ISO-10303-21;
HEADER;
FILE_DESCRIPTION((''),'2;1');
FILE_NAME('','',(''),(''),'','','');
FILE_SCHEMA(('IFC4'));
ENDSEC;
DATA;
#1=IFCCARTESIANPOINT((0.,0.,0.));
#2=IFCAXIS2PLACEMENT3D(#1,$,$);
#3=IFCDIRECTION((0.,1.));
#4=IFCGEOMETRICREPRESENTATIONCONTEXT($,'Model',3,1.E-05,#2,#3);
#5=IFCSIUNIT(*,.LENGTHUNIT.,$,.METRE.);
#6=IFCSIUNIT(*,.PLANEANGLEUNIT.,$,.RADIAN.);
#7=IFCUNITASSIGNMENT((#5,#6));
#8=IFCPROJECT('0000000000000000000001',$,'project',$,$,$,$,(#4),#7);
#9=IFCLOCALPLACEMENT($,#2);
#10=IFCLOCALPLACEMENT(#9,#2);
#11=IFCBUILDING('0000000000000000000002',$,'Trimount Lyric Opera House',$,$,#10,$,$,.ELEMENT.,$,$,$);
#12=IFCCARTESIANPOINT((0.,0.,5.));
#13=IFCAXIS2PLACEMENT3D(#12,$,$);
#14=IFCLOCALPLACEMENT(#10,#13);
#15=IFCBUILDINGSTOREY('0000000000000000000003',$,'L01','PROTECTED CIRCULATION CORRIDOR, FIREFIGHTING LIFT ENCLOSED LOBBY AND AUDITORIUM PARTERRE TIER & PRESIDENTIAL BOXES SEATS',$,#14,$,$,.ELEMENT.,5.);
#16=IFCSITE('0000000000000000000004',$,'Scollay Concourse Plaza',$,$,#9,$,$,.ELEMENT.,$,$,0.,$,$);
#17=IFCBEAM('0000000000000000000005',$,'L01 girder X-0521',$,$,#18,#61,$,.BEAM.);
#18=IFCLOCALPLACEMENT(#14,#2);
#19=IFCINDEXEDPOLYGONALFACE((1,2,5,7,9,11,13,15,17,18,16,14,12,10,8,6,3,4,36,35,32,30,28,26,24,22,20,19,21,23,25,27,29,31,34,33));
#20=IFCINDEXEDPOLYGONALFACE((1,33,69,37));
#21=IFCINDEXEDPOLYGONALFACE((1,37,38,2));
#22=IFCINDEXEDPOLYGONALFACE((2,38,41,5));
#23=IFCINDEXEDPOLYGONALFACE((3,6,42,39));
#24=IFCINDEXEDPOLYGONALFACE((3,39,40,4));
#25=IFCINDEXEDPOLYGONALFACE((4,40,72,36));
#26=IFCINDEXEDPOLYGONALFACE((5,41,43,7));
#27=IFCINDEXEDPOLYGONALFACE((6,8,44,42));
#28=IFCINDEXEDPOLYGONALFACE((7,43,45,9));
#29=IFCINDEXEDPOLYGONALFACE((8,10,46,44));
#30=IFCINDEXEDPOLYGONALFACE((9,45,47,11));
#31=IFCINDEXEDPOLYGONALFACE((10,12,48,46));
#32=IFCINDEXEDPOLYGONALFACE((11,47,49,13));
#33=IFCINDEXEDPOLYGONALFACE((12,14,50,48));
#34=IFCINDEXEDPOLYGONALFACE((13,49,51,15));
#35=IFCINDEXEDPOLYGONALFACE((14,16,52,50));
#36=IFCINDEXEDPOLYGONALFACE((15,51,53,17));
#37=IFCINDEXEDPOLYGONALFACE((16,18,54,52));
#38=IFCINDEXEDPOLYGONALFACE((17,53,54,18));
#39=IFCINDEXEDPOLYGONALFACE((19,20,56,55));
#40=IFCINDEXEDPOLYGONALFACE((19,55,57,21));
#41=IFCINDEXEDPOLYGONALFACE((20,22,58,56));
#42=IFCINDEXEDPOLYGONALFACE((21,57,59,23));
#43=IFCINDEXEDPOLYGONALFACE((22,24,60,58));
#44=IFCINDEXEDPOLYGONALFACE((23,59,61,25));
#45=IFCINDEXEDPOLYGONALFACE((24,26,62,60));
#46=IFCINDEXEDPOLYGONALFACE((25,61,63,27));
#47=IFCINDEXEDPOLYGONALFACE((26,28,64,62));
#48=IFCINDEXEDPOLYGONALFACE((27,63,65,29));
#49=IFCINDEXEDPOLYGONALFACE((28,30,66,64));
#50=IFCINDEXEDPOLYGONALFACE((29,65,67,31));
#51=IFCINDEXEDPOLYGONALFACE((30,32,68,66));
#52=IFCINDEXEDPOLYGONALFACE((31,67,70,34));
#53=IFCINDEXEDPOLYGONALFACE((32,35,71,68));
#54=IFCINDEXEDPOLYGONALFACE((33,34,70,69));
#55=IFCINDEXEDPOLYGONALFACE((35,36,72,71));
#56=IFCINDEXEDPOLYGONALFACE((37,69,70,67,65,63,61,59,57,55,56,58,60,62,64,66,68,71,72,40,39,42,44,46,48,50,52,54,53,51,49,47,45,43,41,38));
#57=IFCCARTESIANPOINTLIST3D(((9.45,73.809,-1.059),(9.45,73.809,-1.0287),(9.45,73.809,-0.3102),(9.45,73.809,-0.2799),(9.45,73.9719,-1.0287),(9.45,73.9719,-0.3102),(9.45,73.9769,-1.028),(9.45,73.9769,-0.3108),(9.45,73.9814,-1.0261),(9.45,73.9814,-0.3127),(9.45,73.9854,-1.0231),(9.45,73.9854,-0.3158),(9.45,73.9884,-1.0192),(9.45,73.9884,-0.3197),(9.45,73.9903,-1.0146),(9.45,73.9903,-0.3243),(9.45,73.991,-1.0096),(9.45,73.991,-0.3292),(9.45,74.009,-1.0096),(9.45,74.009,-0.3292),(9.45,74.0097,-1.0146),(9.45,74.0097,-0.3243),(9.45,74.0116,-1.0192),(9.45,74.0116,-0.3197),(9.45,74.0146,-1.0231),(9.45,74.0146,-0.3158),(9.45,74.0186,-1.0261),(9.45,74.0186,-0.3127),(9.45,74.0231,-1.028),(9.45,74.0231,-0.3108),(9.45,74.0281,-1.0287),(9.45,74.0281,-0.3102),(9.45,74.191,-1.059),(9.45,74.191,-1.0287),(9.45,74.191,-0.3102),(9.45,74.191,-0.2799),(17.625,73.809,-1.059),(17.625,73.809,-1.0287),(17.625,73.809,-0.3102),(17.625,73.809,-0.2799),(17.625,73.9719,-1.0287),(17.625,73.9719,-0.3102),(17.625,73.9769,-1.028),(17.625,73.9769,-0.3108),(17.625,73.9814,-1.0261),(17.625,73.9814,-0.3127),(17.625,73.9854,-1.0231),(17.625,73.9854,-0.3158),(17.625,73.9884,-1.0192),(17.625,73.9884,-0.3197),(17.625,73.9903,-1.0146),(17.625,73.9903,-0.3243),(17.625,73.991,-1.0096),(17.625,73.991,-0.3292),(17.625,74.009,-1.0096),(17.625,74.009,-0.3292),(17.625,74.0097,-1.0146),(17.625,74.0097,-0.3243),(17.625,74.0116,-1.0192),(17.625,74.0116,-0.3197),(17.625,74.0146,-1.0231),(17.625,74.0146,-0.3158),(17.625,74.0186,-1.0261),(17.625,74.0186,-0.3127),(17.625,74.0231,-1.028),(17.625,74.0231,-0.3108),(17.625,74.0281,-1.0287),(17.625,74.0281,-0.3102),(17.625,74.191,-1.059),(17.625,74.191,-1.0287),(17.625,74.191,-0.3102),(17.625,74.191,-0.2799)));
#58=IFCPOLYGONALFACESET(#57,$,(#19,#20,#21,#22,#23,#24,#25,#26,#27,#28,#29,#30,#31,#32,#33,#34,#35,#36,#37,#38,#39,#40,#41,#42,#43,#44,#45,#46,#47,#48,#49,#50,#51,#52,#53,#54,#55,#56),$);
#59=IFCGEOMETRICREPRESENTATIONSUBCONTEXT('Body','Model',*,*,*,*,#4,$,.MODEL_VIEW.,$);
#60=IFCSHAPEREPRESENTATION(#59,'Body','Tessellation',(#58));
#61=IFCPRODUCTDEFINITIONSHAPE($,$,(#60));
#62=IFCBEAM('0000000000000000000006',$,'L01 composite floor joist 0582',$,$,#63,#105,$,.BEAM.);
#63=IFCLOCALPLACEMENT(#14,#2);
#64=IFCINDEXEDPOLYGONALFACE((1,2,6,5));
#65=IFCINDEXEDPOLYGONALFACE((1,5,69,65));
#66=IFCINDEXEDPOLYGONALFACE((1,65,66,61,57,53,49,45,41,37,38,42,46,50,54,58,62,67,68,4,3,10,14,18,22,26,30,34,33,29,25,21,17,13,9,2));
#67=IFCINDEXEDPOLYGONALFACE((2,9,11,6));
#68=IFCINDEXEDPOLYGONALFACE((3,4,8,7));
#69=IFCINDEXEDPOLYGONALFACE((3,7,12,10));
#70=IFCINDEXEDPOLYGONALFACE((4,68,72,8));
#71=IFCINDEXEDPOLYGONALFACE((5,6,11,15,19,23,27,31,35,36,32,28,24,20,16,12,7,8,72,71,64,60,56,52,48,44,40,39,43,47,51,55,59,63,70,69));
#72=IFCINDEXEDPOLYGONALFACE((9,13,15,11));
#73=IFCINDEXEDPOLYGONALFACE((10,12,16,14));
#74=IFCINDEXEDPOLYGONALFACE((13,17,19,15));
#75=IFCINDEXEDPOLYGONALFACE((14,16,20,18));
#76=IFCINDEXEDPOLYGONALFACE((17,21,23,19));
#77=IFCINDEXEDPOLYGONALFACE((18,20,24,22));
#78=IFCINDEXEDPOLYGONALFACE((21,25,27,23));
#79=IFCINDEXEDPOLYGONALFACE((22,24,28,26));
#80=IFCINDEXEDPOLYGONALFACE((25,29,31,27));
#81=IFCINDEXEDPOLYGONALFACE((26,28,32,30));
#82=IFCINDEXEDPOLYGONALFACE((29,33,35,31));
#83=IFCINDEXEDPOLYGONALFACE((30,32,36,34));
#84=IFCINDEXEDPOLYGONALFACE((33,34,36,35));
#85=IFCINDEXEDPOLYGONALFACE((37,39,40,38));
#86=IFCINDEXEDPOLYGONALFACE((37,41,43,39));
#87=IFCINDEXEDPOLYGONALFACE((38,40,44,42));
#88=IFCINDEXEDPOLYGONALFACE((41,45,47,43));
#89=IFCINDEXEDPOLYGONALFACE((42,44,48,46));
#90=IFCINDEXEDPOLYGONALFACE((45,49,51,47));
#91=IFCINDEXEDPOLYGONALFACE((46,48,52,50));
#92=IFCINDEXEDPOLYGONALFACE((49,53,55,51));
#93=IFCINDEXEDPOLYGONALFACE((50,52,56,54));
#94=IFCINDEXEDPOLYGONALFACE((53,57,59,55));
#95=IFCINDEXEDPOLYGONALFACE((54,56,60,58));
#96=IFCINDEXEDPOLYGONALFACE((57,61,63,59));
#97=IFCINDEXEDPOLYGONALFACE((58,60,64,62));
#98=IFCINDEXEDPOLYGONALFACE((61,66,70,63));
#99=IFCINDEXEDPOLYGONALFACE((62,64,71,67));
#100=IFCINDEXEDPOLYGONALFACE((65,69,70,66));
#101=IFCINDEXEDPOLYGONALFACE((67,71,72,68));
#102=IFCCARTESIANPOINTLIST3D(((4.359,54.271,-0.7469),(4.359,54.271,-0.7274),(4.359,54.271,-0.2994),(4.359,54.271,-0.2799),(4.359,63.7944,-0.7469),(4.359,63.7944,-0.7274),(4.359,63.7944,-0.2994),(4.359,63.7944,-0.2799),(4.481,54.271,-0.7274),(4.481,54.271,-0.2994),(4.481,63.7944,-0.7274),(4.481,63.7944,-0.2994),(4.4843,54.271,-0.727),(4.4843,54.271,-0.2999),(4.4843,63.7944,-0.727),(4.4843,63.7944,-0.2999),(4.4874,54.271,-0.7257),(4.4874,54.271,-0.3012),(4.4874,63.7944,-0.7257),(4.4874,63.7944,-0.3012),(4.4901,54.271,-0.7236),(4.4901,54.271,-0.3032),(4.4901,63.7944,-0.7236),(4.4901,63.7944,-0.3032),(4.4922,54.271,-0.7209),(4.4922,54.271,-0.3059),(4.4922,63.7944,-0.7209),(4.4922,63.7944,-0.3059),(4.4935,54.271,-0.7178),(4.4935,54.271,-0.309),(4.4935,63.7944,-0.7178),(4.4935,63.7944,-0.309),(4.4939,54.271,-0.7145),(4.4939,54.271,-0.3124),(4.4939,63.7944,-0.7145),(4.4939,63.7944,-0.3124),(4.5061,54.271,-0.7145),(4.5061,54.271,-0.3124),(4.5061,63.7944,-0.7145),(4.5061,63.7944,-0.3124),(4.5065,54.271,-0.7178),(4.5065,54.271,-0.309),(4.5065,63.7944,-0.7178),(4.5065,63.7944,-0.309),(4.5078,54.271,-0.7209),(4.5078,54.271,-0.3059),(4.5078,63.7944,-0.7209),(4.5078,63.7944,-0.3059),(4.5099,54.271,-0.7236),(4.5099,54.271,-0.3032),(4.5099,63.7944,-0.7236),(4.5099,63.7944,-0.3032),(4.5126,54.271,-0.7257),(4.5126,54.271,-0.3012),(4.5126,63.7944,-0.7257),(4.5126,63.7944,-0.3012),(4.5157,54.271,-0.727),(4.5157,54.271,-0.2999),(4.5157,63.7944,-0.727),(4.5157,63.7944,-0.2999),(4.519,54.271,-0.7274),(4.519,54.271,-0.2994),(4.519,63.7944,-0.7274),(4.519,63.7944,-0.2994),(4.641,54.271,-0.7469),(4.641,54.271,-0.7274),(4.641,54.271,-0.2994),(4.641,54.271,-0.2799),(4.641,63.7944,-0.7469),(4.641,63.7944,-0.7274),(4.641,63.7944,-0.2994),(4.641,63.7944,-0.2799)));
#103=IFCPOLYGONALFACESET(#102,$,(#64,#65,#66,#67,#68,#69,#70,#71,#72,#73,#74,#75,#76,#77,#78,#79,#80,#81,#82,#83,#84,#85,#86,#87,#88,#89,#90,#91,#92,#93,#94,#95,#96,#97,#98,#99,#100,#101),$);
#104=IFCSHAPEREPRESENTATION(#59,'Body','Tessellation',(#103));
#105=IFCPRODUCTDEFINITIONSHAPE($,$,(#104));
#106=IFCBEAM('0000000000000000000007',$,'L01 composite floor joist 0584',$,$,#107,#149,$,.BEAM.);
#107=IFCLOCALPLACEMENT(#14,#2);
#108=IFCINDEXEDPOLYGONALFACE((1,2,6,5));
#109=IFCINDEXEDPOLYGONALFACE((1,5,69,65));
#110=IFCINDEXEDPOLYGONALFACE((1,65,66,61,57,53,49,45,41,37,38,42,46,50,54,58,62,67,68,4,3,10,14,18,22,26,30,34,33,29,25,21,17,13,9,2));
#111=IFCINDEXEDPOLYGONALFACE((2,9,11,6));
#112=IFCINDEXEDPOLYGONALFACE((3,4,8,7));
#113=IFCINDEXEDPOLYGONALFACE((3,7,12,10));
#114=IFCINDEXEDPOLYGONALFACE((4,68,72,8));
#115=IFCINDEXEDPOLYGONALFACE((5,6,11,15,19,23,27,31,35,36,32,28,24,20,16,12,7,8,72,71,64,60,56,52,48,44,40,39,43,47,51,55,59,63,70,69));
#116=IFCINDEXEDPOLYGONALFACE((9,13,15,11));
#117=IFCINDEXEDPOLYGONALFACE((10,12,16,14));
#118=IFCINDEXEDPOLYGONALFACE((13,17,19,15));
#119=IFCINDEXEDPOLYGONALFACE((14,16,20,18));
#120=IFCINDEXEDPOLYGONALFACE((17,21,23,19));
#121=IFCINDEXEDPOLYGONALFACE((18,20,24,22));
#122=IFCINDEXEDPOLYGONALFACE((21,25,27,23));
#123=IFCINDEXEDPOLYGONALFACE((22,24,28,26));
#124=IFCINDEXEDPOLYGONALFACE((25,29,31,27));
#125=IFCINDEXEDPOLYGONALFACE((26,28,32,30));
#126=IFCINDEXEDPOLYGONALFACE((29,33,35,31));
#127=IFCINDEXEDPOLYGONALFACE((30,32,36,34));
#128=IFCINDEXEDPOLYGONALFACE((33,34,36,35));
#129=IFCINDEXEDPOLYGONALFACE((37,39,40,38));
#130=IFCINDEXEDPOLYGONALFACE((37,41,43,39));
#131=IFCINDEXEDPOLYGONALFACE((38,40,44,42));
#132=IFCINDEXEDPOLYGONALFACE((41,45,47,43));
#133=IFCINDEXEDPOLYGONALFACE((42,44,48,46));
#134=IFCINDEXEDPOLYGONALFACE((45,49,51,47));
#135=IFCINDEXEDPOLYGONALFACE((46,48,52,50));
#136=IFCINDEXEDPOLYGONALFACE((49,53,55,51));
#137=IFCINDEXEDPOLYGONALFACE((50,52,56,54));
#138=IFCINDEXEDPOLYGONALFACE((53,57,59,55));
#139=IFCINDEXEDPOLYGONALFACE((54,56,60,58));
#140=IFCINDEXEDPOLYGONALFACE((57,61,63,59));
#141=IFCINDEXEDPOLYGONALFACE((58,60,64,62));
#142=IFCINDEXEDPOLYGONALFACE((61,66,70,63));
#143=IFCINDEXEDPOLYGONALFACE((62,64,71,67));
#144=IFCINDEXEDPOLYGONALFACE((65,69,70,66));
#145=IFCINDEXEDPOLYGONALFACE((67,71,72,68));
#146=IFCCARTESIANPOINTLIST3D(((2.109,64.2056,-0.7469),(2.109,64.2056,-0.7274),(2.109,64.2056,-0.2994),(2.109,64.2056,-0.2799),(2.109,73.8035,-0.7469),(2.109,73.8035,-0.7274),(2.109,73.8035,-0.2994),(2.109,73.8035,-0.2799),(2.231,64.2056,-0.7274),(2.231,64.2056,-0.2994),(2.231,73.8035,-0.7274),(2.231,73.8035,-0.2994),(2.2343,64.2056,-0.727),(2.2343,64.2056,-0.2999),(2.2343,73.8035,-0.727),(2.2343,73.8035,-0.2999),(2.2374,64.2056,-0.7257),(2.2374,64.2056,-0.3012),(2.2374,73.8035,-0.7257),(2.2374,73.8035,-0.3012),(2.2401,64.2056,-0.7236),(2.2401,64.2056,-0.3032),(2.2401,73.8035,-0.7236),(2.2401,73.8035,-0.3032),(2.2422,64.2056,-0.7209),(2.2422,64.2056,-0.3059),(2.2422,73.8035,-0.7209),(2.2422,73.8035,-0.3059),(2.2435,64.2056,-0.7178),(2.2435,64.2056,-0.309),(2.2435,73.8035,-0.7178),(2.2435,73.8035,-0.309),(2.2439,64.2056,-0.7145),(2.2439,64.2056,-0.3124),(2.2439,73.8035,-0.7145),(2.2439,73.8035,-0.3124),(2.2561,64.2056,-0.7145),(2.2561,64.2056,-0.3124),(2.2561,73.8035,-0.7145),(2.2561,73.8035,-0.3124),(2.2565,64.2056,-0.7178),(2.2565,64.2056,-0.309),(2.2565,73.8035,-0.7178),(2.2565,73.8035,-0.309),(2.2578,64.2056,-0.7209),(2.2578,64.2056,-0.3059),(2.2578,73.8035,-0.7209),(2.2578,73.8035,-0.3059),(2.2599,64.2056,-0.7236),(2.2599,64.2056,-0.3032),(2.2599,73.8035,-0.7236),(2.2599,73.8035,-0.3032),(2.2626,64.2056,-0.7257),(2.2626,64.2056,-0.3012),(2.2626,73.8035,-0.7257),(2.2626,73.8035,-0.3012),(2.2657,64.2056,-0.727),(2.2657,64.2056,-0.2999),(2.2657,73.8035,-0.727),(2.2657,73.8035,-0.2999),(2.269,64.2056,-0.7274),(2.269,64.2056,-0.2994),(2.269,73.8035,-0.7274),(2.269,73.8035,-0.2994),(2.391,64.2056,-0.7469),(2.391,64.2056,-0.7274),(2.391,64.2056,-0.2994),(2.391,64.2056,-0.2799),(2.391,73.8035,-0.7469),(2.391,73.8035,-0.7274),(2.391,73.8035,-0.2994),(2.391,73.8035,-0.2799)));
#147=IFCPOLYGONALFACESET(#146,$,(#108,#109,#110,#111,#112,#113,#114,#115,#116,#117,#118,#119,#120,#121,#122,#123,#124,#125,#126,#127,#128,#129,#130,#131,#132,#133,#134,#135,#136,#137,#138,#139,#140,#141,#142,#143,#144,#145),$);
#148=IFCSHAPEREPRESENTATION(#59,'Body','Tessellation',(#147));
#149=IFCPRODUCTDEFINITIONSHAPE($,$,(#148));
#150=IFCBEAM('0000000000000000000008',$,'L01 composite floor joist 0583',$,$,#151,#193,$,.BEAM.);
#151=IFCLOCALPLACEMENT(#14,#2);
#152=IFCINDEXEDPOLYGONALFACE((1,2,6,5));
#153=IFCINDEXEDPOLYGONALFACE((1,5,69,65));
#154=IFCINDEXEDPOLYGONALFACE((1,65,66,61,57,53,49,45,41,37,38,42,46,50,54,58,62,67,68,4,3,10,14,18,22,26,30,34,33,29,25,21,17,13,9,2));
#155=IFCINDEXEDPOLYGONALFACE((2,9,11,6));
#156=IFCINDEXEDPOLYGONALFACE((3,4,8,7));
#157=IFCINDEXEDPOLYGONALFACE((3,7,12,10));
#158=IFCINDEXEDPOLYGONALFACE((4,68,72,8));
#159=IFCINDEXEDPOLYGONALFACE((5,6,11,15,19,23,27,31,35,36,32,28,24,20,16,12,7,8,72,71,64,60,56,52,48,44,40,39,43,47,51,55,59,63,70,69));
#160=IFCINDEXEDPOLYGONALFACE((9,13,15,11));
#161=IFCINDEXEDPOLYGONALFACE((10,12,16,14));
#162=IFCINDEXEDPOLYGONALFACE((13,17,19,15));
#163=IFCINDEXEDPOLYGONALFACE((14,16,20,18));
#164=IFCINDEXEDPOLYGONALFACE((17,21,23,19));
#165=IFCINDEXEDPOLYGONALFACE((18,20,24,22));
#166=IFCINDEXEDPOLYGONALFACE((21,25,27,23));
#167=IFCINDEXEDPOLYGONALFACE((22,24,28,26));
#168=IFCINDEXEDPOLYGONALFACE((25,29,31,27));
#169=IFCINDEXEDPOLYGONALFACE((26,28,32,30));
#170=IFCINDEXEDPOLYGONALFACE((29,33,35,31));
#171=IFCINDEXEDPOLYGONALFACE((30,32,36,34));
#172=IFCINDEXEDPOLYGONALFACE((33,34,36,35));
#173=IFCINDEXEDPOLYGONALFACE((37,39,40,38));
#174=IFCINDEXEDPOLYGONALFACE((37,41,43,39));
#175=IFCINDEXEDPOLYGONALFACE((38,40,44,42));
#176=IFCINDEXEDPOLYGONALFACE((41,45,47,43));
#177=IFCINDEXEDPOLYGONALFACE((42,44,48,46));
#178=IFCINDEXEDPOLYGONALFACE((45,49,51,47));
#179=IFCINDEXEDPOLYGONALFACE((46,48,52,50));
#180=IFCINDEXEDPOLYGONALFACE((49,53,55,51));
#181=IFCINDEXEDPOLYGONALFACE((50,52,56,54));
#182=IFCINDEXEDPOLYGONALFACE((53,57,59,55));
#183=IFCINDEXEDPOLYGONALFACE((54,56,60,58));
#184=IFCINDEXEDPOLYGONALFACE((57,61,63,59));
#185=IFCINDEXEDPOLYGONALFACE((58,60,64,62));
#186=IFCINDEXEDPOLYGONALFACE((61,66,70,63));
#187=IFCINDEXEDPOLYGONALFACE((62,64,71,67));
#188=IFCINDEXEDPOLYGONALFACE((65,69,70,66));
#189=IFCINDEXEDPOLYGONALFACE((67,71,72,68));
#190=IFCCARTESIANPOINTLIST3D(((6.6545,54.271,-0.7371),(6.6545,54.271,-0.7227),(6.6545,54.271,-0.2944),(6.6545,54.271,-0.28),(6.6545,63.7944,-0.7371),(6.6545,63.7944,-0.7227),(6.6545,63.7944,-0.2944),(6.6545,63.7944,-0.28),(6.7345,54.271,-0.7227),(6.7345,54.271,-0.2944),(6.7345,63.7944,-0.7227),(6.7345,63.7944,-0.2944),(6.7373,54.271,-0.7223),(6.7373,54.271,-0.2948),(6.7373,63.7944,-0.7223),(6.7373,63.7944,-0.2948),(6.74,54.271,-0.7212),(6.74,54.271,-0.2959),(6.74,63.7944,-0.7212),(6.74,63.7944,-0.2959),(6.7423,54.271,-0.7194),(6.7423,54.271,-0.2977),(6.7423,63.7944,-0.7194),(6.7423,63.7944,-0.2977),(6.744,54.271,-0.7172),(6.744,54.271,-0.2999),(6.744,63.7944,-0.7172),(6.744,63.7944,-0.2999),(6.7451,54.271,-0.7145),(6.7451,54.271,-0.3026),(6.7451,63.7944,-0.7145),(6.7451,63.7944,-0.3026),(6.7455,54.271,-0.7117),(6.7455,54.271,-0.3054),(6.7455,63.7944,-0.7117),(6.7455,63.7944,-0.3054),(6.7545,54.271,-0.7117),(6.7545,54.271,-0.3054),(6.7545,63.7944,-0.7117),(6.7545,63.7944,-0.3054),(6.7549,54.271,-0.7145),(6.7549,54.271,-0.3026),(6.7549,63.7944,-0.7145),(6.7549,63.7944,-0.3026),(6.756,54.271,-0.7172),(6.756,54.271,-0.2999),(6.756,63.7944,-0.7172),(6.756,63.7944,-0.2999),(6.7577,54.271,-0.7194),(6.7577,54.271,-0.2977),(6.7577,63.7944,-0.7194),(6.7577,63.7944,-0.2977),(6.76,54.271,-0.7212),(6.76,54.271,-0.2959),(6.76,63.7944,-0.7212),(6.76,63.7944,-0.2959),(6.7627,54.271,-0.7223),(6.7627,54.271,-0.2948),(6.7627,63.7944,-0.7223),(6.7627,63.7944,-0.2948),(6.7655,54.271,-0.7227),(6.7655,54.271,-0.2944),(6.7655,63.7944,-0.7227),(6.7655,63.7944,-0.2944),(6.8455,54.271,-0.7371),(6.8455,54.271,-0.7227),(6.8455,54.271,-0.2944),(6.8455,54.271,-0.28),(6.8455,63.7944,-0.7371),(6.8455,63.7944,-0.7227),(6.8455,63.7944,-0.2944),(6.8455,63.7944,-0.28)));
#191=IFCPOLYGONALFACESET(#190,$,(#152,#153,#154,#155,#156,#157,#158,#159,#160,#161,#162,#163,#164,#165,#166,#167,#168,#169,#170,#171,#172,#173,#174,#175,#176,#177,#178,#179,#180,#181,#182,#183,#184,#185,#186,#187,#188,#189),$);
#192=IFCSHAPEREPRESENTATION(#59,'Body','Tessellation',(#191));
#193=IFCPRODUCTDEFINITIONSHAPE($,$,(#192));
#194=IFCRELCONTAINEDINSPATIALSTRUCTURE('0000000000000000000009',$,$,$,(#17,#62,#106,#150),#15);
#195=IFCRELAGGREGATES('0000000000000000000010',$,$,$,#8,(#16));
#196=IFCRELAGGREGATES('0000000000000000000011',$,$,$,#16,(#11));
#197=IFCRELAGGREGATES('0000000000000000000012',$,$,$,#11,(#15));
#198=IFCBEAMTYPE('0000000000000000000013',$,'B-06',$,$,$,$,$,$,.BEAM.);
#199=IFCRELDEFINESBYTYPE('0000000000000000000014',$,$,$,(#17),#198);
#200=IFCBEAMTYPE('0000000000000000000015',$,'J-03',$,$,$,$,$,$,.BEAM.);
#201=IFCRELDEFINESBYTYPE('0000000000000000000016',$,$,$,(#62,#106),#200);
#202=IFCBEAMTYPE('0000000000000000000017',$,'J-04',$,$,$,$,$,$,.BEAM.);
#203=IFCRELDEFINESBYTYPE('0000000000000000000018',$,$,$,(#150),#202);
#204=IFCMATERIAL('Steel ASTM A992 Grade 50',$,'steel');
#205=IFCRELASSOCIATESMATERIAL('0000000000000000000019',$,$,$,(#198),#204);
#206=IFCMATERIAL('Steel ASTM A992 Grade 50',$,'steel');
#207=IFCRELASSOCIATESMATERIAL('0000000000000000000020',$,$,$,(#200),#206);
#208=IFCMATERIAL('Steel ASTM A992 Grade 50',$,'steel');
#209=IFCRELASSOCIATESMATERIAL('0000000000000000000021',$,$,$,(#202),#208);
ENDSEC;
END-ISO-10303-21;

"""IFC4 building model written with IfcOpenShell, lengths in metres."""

from ifc_helpers import new_model, si_unit, direction, frame, origin, origin_2d, place, context, subcontext, project, spatial, i_section, extrude, material, material_profile, profile_set, type_object, element, save


model = new_model("IFC4")

# Units and contexts
model_context = context("Model", 3, precision=1e-05, world=origin(), true_north=direction((0.0, 1.0)))
body_context = subcontext(model_context, "Body", "Model", "MODEL_VIEW")
ifc_project = project(units=[si_unit("LENGTHUNIT", "METRE"), si_unit("PLANEANGLEUNIT", "RADIAN")], contexts=[model_context])

# Site, building, storey
site_placement = place(None, origin())
site = spatial("IfcSite", under=ifc_project, at=site_placement, Name="Scollay Concourse Plaza", CompositionType="ELEMENT", RefElevation=0.0)
building_placement = place(site_placement, origin())
building = spatial("IfcBuilding", under=site, at=building_placement, Name="Trimount Lyric Opera House", CompositionType="ELEMENT")
storey_placement = place(building_placement, frame((0.0, 0.0, 5.0)))
storey = spatial("IfcBuildingStorey", under=building, at=storey_placement, Name="L01", Description="PROTECTED CIRCULATION CORRIDOR, FIREFIGHTING LIFT ENCLOSED LOBBY AND AUDITORIUM PARTERRE TIER & PRESIDENTIAL BOXES SEATS", CompositionType="ELEMENT", Elevation=5.0)

# Beams
ifc_material_1 = material(Name="Steel ASTM A992 Grade 50", Category="steel")
ifc_material_profile_1 = material_profile(ifc_material_1, i_section(OverallWidth=0.3821, OverallDepth=0.7791, WebThickness=0.0181, FlangeThickness=0.0303, FilletRadius=0.019, at=origin_2d()), Name="W30X191")
ifc_profile_set_1 = profile_set([ifc_material_profile_1], Name="Steel ASTM A992 Grade 50")
beam_type_1 = type_object("IfcBeamType", Name="B-06", PredefinedType="BEAM", material=ifc_profile_set_1)
beam_1_placement = place(storey_placement, frame((9.45, 74.0, -0.6694), z_axis=(1.0, 0.0, 0.0), x_axis=(0.0, 1.0, 0.0)))
element("IfcBeam", 1, at=beam_1_placement, inside=storey, type_object=beam_type_1, Name="L01 girder X-0521", PredefinedType="BEAM", context=body_context, shape_type="SweptSolid", body=[
    extrude(i_section(OverallWidth=0.3821, OverallDepth=0.7791, WebThickness=0.0181, FlangeThickness=0.0303, FilletRadius=0.019, at=origin_2d()), origin(), (0.0, 0.0, 1.0), 8.175),
])
ifc_material_2 = material(Name="Steel ASTM A992 Grade 50", Category="steel")
ifc_material_profile_2 = material_profile(ifc_material_2, i_section(OverallWidth=0.282, OverallDepth=0.467, WebThickness=0.0122, FlangeThickness=0.0195, FilletRadius=0.0129, at=origin_2d()), Name="W18X86")
ifc_profile_set_2 = profile_set([ifc_material_profile_2], Name="Steel ASTM A992 Grade 50")
beam_type_2 = type_object("IfcBeamType", Name="J-03", PredefinedType="BEAM", material=ifc_profile_set_2)
beam_2_placement = place(storey_placement, frame((4.5, 54.271, -0.5134), z_axis=(0.0, 1.0, 0.0), x_axis=(-1.0, 0.0, 0.0)))
element("IfcBeam", 2, at=beam_2_placement, inside=storey, type_object=beam_type_2, Name="L01 composite floor joist 0582", PredefinedType="BEAM", context=body_context, shape_type="SweptSolid", body=[
    extrude(i_section(OverallWidth=0.282, OverallDepth=0.467, WebThickness=0.0122, FlangeThickness=0.0195, FilletRadius=0.0129, at=origin_2d()), origin(), (0.0, 0.0, 1.0), 9.5234),
])
beam_3_placement = place(storey_placement, frame((2.25, 64.2056, -0.5134), z_axis=(0.0, 1.0, 0.0), x_axis=(-1.0, 0.0, 0.0)))
element("IfcBeam", 3, at=beam_3_placement, inside=storey, type_object=beam_type_2, Name="L01 composite floor joist 0584", PredefinedType="BEAM", context=body_context, shape_type="SweptSolid", body=[
    extrude(i_section(OverallWidth=0.282, OverallDepth=0.467, WebThickness=0.0122, FlangeThickness=0.0195, FilletRadius=0.0129, at=origin_2d()), origin(), (0.0, 0.0, 1.0), 9.5979),
])
ifc_material_3 = material(Name="Steel ASTM A992 Grade 50", Category="steel")
ifc_material_profile_3 = material_profile(ifc_material_3, i_section(OverallWidth=0.1909, OverallDepth=0.457, WebThickness=0.009, FlangeThickness=0.0144, FilletRadius=0.011, at=origin_2d()), Name="W18X50")
ifc_profile_set_3 = profile_set([ifc_material_profile_3], Name="Steel ASTM A992 Grade 50")
beam_type_3 = type_object("IfcBeamType", Name="J-04", PredefinedType="BEAM", material=ifc_profile_set_3)
beam_4_placement = place(storey_placement, frame((6.75, 54.271, -0.5085), z_axis=(0.0, 1.0, 0.0), x_axis=(-1.0, 0.0, 0.0)))
element("IfcBeam", 4, at=beam_4_placement, inside=storey, type_object=beam_type_3, Name="L01 composite floor joist 0583", PredefinedType="BEAM", context=body_context, shape_type="SweptSolid", body=[
    extrude(i_section(OverallWidth=0.1909, OverallDepth=0.457, WebThickness=0.009, FlangeThickness=0.0144, FilletRadius=0.011, at=origin_2d()), origin(), (0.0, 0.0, 1.0), 9.5234),
])

save(model, "model.ifc")
